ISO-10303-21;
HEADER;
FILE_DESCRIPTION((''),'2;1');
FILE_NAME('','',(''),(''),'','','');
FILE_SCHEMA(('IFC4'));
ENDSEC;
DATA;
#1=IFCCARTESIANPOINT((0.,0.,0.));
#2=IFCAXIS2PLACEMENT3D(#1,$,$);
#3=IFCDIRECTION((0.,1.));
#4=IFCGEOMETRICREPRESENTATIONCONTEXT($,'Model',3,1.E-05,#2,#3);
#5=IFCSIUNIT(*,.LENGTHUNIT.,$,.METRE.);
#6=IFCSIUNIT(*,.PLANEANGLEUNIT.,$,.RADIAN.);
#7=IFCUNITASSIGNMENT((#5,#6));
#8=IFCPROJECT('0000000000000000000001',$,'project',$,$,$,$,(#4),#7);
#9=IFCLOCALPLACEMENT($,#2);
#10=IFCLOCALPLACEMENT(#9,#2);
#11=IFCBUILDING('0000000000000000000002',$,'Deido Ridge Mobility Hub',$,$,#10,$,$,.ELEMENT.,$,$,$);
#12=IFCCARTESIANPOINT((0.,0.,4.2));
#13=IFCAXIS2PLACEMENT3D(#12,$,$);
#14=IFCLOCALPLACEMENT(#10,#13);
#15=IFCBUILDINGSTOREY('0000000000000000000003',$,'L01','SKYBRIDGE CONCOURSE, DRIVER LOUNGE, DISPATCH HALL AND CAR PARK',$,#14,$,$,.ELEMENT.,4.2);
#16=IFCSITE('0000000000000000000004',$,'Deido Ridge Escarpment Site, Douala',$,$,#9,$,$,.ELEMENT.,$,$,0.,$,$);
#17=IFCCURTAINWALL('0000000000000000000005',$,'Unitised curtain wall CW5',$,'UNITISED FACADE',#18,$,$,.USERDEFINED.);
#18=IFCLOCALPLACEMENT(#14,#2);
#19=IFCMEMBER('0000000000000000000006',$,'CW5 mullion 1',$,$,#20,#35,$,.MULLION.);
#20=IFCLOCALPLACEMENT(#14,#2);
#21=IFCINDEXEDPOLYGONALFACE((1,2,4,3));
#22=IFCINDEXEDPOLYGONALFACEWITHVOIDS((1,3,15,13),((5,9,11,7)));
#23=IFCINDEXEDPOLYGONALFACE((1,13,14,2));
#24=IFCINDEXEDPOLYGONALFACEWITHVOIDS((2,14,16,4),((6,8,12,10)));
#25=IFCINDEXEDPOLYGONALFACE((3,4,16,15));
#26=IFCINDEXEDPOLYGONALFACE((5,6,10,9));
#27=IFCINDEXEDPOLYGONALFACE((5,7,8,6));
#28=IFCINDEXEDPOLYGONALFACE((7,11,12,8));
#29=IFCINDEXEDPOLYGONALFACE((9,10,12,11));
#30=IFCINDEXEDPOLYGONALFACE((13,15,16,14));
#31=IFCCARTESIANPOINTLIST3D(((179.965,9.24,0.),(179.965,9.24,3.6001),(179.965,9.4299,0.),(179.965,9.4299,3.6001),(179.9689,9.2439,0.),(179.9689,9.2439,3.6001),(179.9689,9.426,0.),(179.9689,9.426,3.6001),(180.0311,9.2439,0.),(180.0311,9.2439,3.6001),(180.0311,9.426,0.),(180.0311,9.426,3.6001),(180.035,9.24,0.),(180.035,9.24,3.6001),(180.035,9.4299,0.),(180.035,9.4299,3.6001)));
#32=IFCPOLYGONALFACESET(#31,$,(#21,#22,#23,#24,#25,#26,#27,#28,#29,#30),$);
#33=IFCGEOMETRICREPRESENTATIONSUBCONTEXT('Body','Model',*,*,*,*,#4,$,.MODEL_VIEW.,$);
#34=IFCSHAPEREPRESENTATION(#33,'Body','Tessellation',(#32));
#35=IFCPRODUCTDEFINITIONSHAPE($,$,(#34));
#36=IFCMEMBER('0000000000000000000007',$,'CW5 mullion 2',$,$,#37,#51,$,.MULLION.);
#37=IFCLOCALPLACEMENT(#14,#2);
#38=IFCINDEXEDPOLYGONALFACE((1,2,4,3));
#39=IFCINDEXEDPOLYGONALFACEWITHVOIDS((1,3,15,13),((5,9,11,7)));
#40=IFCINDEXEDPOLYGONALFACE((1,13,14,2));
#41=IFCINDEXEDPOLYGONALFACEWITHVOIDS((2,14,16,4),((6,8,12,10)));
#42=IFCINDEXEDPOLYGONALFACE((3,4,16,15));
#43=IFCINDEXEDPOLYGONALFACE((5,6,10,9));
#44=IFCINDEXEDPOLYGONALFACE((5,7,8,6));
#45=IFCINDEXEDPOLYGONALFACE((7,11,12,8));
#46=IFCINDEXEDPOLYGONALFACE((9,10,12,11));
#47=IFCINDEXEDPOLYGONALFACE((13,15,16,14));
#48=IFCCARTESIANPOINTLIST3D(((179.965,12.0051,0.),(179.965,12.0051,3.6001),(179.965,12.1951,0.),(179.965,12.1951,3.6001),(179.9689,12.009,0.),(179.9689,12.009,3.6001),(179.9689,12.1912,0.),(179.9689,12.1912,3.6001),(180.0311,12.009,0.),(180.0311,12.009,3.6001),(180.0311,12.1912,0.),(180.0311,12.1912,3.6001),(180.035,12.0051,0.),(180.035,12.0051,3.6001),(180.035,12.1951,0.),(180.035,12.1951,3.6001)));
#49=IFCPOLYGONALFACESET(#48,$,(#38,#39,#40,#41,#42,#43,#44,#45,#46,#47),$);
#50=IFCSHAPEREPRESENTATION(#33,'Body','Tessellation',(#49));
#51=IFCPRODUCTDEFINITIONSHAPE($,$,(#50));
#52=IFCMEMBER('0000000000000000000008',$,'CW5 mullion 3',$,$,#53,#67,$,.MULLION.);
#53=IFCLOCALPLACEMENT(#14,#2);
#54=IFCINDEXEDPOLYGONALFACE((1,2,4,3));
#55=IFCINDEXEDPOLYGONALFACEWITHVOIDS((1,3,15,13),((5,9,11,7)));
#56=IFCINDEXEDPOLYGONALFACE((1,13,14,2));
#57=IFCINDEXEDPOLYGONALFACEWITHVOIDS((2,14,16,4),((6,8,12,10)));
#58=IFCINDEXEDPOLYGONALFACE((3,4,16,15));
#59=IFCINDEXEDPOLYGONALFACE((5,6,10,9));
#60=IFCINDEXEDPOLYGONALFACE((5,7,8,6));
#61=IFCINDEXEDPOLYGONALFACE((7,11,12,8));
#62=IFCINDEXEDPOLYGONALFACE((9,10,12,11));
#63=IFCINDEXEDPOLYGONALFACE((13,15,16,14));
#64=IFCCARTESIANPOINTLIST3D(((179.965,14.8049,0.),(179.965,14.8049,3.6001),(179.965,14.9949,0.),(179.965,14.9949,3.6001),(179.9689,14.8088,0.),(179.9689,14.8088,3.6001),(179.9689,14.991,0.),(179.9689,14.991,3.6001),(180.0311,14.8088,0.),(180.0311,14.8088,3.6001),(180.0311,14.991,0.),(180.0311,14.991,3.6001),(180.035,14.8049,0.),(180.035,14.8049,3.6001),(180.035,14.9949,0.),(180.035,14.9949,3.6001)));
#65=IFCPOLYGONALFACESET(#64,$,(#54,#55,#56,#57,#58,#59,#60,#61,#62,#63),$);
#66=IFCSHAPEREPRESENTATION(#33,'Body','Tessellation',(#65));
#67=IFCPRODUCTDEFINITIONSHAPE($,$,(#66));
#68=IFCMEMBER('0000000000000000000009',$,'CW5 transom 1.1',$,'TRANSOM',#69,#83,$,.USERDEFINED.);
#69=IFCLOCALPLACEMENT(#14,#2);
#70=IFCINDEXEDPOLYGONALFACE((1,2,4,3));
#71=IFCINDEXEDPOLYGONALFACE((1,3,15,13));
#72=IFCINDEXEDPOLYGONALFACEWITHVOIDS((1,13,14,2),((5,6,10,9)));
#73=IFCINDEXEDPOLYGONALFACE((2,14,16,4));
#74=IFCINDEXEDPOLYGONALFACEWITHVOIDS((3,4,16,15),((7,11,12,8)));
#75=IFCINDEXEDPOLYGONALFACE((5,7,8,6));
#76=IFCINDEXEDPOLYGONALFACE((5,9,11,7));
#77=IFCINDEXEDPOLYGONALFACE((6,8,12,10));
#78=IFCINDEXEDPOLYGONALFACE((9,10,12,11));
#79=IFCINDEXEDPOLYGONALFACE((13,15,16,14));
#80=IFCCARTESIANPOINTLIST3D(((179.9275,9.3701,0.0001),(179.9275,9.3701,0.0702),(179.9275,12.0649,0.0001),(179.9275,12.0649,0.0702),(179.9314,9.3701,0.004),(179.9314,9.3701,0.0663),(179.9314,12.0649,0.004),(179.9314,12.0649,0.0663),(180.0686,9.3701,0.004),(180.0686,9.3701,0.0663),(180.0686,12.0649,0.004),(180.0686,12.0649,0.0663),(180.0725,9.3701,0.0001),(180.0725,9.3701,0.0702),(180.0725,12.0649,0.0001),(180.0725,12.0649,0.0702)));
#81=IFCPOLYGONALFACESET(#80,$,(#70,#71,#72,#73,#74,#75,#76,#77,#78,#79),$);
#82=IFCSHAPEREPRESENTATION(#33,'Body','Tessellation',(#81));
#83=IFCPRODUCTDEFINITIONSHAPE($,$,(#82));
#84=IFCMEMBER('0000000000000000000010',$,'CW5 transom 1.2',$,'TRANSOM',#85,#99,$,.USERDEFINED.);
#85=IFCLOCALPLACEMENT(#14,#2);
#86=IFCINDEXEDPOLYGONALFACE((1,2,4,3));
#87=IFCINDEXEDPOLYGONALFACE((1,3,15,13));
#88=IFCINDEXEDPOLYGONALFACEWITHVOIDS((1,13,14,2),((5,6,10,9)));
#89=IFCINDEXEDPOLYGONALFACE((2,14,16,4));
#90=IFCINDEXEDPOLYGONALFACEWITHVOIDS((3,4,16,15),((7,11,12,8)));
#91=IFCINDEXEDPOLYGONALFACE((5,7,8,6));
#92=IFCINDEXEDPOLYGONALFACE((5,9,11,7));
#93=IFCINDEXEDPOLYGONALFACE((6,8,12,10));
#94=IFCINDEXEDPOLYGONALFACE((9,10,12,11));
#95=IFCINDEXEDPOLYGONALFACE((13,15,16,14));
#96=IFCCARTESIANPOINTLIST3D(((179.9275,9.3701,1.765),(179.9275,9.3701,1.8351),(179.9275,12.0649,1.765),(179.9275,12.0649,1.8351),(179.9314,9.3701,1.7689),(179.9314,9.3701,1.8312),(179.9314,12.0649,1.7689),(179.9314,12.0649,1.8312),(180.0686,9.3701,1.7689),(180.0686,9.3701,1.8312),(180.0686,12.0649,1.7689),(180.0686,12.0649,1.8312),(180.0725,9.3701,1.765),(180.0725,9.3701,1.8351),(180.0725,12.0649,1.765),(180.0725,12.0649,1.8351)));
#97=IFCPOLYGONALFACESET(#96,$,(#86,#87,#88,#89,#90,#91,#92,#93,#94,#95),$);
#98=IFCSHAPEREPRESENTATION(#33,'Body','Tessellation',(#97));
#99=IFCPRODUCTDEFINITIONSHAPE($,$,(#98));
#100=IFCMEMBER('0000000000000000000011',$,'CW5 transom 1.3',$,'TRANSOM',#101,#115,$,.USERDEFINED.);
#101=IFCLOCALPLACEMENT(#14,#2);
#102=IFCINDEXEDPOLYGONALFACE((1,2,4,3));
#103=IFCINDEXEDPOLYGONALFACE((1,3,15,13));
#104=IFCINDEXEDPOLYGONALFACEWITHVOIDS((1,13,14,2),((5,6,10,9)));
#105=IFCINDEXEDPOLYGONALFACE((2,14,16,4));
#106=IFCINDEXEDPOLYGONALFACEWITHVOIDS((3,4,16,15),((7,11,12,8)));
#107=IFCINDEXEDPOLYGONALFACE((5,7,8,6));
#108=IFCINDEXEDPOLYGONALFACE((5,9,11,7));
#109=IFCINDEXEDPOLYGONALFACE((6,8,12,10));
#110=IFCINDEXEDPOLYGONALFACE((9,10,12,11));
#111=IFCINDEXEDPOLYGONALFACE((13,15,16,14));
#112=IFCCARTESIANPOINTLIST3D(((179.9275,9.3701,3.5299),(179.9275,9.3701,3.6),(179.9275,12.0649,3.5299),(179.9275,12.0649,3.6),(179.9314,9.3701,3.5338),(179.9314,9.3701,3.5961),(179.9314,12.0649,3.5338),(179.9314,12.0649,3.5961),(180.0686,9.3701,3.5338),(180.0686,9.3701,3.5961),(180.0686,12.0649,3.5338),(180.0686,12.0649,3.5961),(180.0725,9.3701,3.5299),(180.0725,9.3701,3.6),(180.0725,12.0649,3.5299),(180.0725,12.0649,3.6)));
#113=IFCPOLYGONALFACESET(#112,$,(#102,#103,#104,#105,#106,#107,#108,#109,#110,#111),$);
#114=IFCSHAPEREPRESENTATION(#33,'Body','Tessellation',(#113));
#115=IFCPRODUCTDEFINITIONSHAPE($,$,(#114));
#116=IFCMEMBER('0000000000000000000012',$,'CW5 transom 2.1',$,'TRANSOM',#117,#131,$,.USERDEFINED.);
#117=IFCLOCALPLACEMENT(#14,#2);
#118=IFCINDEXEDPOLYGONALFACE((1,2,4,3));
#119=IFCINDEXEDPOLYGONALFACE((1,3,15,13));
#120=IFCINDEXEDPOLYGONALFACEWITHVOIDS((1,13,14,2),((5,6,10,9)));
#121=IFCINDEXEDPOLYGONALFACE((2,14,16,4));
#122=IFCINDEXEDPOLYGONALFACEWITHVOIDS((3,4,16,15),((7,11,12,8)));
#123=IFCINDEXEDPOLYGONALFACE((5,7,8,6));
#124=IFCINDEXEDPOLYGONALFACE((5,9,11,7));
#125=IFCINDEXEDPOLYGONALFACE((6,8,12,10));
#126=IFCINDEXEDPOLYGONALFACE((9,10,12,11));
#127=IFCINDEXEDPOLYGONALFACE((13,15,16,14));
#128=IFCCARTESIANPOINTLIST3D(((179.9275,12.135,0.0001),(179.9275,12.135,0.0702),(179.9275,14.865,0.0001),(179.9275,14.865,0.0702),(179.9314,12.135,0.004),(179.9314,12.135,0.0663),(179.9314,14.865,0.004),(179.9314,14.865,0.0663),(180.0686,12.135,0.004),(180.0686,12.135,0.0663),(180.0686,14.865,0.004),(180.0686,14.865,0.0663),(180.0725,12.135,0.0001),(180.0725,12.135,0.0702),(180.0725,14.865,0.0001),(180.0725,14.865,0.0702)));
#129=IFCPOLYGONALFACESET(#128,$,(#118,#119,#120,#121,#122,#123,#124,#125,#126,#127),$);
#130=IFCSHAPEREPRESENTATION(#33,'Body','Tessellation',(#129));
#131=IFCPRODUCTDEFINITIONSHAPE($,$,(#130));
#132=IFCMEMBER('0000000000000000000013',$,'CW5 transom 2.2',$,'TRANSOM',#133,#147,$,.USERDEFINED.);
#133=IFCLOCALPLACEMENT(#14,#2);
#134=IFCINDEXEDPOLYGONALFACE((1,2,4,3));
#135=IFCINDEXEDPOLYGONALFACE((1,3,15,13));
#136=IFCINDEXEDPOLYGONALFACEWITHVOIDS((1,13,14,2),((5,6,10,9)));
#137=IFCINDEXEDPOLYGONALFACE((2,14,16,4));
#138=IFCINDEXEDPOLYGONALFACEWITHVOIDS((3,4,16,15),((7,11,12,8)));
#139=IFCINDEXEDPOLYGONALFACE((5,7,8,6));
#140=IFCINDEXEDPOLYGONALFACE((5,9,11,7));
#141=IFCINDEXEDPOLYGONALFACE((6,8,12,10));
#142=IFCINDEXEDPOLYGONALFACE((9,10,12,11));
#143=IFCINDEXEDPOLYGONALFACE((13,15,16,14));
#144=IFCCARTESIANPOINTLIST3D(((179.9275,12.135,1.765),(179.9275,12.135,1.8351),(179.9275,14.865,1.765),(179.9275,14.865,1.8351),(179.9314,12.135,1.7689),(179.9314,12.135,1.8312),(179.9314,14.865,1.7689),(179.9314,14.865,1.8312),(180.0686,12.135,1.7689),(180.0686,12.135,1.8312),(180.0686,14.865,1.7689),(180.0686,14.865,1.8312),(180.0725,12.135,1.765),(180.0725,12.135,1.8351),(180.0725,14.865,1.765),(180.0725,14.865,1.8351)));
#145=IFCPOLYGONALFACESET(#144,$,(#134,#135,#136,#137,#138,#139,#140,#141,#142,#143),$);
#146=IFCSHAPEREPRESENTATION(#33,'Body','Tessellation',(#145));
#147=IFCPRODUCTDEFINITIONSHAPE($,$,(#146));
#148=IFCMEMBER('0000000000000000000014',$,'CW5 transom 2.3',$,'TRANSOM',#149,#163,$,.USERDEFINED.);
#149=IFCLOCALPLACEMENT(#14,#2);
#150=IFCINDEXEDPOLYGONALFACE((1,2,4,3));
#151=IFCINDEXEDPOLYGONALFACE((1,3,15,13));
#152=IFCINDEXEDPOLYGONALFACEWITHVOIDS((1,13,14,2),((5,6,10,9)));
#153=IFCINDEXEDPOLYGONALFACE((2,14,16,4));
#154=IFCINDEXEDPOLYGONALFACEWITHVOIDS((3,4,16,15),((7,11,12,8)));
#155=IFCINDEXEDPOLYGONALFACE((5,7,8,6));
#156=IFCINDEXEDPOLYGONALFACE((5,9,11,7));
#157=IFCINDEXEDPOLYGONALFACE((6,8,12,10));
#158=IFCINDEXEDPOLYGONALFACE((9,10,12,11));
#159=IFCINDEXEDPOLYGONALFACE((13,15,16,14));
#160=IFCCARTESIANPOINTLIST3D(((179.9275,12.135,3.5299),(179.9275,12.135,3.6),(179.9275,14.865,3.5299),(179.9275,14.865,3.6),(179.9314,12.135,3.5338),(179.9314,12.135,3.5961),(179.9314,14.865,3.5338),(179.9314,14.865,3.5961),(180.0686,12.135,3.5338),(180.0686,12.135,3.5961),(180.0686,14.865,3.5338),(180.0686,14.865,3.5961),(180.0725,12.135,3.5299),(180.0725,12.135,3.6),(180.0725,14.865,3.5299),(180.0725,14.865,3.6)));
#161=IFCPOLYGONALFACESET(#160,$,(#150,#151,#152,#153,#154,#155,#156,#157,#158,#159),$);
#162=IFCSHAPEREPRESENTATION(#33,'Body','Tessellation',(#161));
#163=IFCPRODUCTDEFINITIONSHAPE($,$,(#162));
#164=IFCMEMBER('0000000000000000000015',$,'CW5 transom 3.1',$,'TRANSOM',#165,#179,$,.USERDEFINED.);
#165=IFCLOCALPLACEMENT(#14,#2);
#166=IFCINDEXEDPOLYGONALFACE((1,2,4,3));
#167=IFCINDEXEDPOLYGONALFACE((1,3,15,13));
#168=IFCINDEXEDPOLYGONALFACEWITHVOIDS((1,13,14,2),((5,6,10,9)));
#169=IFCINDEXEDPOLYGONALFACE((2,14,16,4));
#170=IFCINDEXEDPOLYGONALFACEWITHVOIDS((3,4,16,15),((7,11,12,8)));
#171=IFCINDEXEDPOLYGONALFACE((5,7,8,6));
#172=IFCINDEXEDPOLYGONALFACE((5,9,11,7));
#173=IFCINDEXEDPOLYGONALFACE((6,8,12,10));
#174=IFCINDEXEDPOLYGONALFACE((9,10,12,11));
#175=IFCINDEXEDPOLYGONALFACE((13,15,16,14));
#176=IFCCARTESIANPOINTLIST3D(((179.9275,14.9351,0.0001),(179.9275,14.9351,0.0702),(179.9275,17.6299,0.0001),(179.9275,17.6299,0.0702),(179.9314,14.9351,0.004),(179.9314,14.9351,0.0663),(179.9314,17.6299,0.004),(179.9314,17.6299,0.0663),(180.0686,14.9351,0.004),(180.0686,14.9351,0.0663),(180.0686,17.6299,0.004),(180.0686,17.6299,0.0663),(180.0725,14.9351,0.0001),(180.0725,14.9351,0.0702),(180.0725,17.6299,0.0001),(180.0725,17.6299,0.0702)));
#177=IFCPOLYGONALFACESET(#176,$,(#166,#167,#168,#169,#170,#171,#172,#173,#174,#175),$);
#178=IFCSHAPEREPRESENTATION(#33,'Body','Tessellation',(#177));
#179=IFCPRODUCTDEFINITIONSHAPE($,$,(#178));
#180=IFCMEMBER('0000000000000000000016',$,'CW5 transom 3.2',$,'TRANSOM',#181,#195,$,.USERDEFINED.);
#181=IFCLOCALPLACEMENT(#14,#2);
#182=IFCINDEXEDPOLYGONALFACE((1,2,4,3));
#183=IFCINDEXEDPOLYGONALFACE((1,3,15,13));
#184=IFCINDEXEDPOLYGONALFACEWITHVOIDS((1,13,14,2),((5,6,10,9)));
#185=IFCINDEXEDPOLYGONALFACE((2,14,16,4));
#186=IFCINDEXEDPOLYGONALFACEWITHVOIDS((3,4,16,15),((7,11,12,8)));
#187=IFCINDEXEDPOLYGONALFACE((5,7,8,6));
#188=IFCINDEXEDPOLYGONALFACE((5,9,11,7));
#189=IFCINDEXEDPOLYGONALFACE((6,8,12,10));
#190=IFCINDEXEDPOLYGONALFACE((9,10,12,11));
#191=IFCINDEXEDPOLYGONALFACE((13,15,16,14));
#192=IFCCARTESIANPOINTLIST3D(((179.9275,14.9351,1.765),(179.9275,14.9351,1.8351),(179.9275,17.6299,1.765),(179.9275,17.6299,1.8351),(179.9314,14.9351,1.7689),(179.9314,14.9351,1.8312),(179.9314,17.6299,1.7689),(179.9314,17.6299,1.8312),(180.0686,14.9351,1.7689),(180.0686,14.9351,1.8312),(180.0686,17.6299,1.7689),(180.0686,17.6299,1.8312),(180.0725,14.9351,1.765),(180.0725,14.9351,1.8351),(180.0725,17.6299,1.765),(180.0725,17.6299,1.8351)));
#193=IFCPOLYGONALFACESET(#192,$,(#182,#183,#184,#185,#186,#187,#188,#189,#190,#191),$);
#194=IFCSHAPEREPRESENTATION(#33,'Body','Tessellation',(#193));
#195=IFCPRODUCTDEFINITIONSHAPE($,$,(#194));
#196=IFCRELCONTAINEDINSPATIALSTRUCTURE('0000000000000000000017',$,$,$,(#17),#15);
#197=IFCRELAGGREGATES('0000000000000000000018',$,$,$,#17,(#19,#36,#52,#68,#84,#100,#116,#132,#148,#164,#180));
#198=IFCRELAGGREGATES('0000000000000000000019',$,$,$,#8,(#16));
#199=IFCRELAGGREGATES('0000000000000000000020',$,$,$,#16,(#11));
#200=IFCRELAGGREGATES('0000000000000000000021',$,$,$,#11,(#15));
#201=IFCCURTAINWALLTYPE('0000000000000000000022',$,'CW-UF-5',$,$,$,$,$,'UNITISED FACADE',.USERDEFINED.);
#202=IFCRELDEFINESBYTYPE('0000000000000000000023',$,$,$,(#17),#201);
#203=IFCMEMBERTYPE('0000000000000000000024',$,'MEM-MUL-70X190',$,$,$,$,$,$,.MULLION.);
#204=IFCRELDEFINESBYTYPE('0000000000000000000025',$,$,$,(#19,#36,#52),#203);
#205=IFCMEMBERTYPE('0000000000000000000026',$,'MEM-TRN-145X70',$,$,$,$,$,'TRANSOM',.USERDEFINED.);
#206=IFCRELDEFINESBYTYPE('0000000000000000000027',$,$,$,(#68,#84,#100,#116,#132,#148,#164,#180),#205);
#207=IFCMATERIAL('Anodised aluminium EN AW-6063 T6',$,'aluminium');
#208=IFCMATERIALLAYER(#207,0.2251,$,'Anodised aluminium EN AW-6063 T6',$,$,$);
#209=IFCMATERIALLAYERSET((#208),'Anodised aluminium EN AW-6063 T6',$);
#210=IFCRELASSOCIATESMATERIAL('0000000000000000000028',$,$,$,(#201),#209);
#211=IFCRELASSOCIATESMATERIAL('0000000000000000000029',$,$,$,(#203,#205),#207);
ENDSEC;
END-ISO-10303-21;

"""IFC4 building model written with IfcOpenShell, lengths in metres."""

from ifc_helpers import new_model, si_unit, direction, frame, origin, origin_2d, place, context, subcontext, project, spatial, hollow_rectangle, extrude, material, layer, layer_set, material_profile, profile_set, type_object, element, aggregate, save


model = new_model("IFC4")

# Units and contexts
model_context = context("Model", 3, precision=1e-05, world=origin(), true_north=direction((0.0, 1.0)))
body_context = subcontext(model_context, "Body", "Model", "MODEL_VIEW")
ifc_project = project(units=[si_unit("LENGTHUNIT", "METRE"), si_unit("PLANEANGLEUNIT", "RADIAN")], contexts=[model_context])

# Site, building, storey
site_placement = place(None, origin())
site = spatial("IfcSite", under=ifc_project, at=site_placement, Name="Deido Ridge Escarpment Site, Douala", CompositionType="ELEMENT", RefElevation=0.0)
building_placement = place(site_placement, origin())
building = spatial("IfcBuilding", under=site, at=building_placement, Name="Deido Ridge Mobility Hub", CompositionType="ELEMENT")
storey_placement = place(building_placement, frame((0.0, 0.0, 4.2)))
storey = spatial("IfcBuildingStorey", under=building, at=storey_placement, Name="L01", Description="SKYBRIDGE CONCOURSE, DRIVER LOUNGE, DISPATCH HALL AND CAR PARK", CompositionType="ELEMENT", Elevation=4.2)

# Curtain wall, members
ifc_material_1 = material(Name="Anodised aluminium EN AW-6063 T6", Category="aluminium")
ifc_layer_1 = layer(ifc_material_1, 0.2251, Name="Anodised aluminium EN AW-6063 T6")
ifc_layer_set_1 = layer_set([ifc_layer_1], Name="Anodised aluminium EN AW-6063 T6")
curtain_wall_type = type_object("IfcCurtainWallType", Name="CW-UF-5", ElementType="UNITISED FACADE", PredefinedType="USERDEFINED", material=ifc_layer_set_1)
curtain_wall_placement = place(storey_placement, origin())
curtain_wall = element("IfcCurtainWall", 1, at=curtain_wall_placement, inside=storey, type_object=curtain_wall_type, Name="Unitised curtain wall CW5", ObjectType="UNITISED FACADE", PredefinedType="USERDEFINED")
ifc_material_profile_1 = material_profile(ifc_material_1, hollow_rectangle(XDim=0.0701, YDim=0.1899, WallThickness=0.0039, at=origin_2d()), Name="RHS 70x190x4")
ifc_profile_set_1 = profile_set([ifc_material_profile_1], Name="Anodised aluminium EN AW-6063 T6")
member_type_1 = type_object("IfcMemberType", Name="MEM-MUL-70X190", PredefinedType="MULLION", material=ifc_profile_set_1)
member_1_placement = place(storey_placement, frame((180.0, 9.335, 0.0), z_axis=(0.0, 0.0, 1.0), x_axis=(-1.0, 0.0, 0.0)))
member_1 = element("IfcMember", 2, at=member_1_placement, type_object=member_type_1, Name="CW5 mullion 1", PredefinedType="MULLION", context=body_context, shape_type="SweptSolid", body=[
    extrude(hollow_rectangle(XDim=0.0701, YDim=0.1899, WallThickness=0.0039, at=origin_2d()), origin(), (0.0, 0.0, 1.0), 3.6001),
])
member_2_placement = place(storey_placement, frame((180.0, 12.1001, 0.0), z_axis=(0.0, 0.0, 1.0), x_axis=(-1.0, 0.0, 0.0)))
member_2 = element("IfcMember", 3, at=member_2_placement, type_object=member_type_1, Name="CW5 mullion 2", PredefinedType="MULLION", context=body_context, shape_type="SweptSolid", body=[
    extrude(hollow_rectangle(XDim=0.0701, YDim=0.1899, WallThickness=0.0039, at=origin_2d()), origin(), (0.0, 0.0, 1.0), 3.6001),
])
member_3_placement = place(storey_placement, frame((180.0, 14.8999, 0.0), z_axis=(0.0, 0.0, 1.0), x_axis=(-1.0, 0.0, 0.0)))
member_3 = element("IfcMember", 4, at=member_3_placement, type_object=member_type_1, Name="CW5 mullion 3", PredefinedType="MULLION", context=body_context, shape_type="SweptSolid", body=[
    extrude(hollow_rectangle(XDim=0.0701, YDim=0.1899, WallThickness=0.0039, at=origin_2d()), origin(), (0.0, 0.0, 1.0), 3.6001),
])
ifc_material_profile_2 = material_profile(ifc_material_1, hollow_rectangle(XDim=0.145, YDim=0.0701, WallThickness=0.0039, at=origin_2d()), Name="RHS 145x70x4")
ifc_profile_set_2 = profile_set([ifc_material_profile_2], Name="Anodised aluminium EN AW-6063 T6")
member_type_2 = type_object("IfcMemberType", Name="MEM-TRN-145X70", ElementType="TRANSOM", PredefinedType="USERDEFINED", material=ifc_profile_set_2)
member_4_placement = place(storey_placement, frame((180.0, 9.3701, 0.0352), z_axis=(0.0, 1.0, 0.0), x_axis=(-1.0, 0.0, 0.0)))
member_4 = element("IfcMember", 5, at=member_4_placement, type_object=member_type_2, Name="CW5 transom 1.1", ObjectType="TRANSOM", PredefinedType="USERDEFINED", context=body_context, shape_type="SweptSolid", body=[
    extrude(hollow_rectangle(XDim=0.145, YDim=0.0701, WallThickness=0.0039, at=origin_2d()), origin(), (0.0, 0.0, 1.0), 2.6948),
])
member_5_placement = place(storey_placement, frame((180.0, 9.3701, 1.8), z_axis=(0.0, 1.0, 0.0), x_axis=(-1.0, 0.0, 0.0)))
member_5 = element("IfcMember", 6, at=member_5_placement, type_object=member_type_2, Name="CW5 transom 1.2", ObjectType="TRANSOM", PredefinedType="USERDEFINED", context=body_context, shape_type="SweptSolid", body=[
    extrude(hollow_rectangle(XDim=0.145, YDim=0.0701, WallThickness=0.0039, at=origin_2d()), origin(), (0.0, 0.0, 1.0), 2.6948),
])
member_6_placement = place(storey_placement, frame((180.0, 9.3701, 3.5649), z_axis=(0.0, 1.0, 0.0), x_axis=(-1.0, 0.0, 0.0)))
member_6 = element("IfcMember", 7, at=member_6_placement, type_object=member_type_2, Name="CW5 transom 1.3", ObjectType="TRANSOM", PredefinedType="USERDEFINED", context=body_context, shape_type="SweptSolid", body=[
    extrude(hollow_rectangle(XDim=0.145, YDim=0.0701, WallThickness=0.0039, at=origin_2d()), origin(), (0.0, 0.0, 1.0), 2.6948),
])
member_7_placement = place(storey_placement, frame((180.0, 12.135, 0.0352), z_axis=(0.0, 1.0, 0.0), x_axis=(-1.0, 0.0, 0.0)))
member_7 = element("IfcMember", 8, at=member_7_placement, type_object=member_type_2, Name="CW5 transom 2.1", ObjectType="TRANSOM", PredefinedType="USERDEFINED", context=body_context, shape_type="SweptSolid", body=[
    extrude(hollow_rectangle(XDim=0.145, YDim=0.0701, WallThickness=0.0039, at=origin_2d()), origin(), (0.0, 0.0, 1.0), 2.73),
])
member_8_placement = place(storey_placement, frame((180.0, 12.135, 1.8), z_axis=(0.0, 1.0, 0.0), x_axis=(-1.0, 0.0, 0.0)))
member_8 = element("IfcMember", 9, at=member_8_placement, type_object=member_type_2, Name="CW5 transom 2.2", ObjectType="TRANSOM", PredefinedType="USERDEFINED", context=body_context, shape_type="SweptSolid", body=[
    extrude(hollow_rectangle(XDim=0.145, YDim=0.0701, WallThickness=0.0039, at=origin_2d()), origin(), (0.0, 0.0, 1.0), 2.73),
])
member_9_placement = place(storey_placement, frame((180.0, 12.135, 3.5649), z_axis=(0.0, 1.0, 0.0), x_axis=(-1.0, 0.0, 0.0)))
member_9 = element("IfcMember", 10, at=member_9_placement, type_object=member_type_2, Name="CW5 transom 2.3", ObjectType="TRANSOM", PredefinedType="USERDEFINED", context=body_context, shape_type="SweptSolid", body=[
    extrude(hollow_rectangle(XDim=0.145, YDim=0.0701, WallThickness=0.0039, at=origin_2d()), origin(), (0.0, 0.0, 1.0), 2.73),
])
member_10_placement = place(storey_placement, frame((180.0, 14.9351, 0.0352), z_axis=(0.0, 1.0, 0.0), x_axis=(-1.0, 0.0, 0.0)))
member_10 = element("IfcMember", 11, at=member_10_placement, type_object=member_type_2, Name="CW5 transom 3.1", ObjectType="TRANSOM", PredefinedType="USERDEFINED", context=body_context, shape_type="SweptSolid", body=[
    extrude(hollow_rectangle(XDim=0.145, YDim=0.0701, WallThickness=0.0039, at=origin_2d()), origin(), (0.0, 0.0, 1.0), 2.6948),
])
member_11_placement = place(storey_placement, frame((180.0, 14.9351, 1.8), z_axis=(0.0, 1.0, 0.0), x_axis=(-1.0, 0.0, 0.0)))
member_11 = element("IfcMember", 12, at=member_11_placement, type_object=member_type_2, Name="CW5 transom 3.2", ObjectType="TRANSOM", PredefinedType="USERDEFINED", context=body_context, shape_type="SweptSolid", body=[
    extrude(hollow_rectangle(XDim=0.145, YDim=0.0701, WallThickness=0.0039, at=origin_2d()), origin(), (0.0, 0.0, 1.0), 2.6948),
])

aggregate(curtain_wall, [member_1, member_2, member_3, member_4, member_5, member_6, member_7, member_8, member_9, member_10, member_11])

save(model, "model.ifc")
